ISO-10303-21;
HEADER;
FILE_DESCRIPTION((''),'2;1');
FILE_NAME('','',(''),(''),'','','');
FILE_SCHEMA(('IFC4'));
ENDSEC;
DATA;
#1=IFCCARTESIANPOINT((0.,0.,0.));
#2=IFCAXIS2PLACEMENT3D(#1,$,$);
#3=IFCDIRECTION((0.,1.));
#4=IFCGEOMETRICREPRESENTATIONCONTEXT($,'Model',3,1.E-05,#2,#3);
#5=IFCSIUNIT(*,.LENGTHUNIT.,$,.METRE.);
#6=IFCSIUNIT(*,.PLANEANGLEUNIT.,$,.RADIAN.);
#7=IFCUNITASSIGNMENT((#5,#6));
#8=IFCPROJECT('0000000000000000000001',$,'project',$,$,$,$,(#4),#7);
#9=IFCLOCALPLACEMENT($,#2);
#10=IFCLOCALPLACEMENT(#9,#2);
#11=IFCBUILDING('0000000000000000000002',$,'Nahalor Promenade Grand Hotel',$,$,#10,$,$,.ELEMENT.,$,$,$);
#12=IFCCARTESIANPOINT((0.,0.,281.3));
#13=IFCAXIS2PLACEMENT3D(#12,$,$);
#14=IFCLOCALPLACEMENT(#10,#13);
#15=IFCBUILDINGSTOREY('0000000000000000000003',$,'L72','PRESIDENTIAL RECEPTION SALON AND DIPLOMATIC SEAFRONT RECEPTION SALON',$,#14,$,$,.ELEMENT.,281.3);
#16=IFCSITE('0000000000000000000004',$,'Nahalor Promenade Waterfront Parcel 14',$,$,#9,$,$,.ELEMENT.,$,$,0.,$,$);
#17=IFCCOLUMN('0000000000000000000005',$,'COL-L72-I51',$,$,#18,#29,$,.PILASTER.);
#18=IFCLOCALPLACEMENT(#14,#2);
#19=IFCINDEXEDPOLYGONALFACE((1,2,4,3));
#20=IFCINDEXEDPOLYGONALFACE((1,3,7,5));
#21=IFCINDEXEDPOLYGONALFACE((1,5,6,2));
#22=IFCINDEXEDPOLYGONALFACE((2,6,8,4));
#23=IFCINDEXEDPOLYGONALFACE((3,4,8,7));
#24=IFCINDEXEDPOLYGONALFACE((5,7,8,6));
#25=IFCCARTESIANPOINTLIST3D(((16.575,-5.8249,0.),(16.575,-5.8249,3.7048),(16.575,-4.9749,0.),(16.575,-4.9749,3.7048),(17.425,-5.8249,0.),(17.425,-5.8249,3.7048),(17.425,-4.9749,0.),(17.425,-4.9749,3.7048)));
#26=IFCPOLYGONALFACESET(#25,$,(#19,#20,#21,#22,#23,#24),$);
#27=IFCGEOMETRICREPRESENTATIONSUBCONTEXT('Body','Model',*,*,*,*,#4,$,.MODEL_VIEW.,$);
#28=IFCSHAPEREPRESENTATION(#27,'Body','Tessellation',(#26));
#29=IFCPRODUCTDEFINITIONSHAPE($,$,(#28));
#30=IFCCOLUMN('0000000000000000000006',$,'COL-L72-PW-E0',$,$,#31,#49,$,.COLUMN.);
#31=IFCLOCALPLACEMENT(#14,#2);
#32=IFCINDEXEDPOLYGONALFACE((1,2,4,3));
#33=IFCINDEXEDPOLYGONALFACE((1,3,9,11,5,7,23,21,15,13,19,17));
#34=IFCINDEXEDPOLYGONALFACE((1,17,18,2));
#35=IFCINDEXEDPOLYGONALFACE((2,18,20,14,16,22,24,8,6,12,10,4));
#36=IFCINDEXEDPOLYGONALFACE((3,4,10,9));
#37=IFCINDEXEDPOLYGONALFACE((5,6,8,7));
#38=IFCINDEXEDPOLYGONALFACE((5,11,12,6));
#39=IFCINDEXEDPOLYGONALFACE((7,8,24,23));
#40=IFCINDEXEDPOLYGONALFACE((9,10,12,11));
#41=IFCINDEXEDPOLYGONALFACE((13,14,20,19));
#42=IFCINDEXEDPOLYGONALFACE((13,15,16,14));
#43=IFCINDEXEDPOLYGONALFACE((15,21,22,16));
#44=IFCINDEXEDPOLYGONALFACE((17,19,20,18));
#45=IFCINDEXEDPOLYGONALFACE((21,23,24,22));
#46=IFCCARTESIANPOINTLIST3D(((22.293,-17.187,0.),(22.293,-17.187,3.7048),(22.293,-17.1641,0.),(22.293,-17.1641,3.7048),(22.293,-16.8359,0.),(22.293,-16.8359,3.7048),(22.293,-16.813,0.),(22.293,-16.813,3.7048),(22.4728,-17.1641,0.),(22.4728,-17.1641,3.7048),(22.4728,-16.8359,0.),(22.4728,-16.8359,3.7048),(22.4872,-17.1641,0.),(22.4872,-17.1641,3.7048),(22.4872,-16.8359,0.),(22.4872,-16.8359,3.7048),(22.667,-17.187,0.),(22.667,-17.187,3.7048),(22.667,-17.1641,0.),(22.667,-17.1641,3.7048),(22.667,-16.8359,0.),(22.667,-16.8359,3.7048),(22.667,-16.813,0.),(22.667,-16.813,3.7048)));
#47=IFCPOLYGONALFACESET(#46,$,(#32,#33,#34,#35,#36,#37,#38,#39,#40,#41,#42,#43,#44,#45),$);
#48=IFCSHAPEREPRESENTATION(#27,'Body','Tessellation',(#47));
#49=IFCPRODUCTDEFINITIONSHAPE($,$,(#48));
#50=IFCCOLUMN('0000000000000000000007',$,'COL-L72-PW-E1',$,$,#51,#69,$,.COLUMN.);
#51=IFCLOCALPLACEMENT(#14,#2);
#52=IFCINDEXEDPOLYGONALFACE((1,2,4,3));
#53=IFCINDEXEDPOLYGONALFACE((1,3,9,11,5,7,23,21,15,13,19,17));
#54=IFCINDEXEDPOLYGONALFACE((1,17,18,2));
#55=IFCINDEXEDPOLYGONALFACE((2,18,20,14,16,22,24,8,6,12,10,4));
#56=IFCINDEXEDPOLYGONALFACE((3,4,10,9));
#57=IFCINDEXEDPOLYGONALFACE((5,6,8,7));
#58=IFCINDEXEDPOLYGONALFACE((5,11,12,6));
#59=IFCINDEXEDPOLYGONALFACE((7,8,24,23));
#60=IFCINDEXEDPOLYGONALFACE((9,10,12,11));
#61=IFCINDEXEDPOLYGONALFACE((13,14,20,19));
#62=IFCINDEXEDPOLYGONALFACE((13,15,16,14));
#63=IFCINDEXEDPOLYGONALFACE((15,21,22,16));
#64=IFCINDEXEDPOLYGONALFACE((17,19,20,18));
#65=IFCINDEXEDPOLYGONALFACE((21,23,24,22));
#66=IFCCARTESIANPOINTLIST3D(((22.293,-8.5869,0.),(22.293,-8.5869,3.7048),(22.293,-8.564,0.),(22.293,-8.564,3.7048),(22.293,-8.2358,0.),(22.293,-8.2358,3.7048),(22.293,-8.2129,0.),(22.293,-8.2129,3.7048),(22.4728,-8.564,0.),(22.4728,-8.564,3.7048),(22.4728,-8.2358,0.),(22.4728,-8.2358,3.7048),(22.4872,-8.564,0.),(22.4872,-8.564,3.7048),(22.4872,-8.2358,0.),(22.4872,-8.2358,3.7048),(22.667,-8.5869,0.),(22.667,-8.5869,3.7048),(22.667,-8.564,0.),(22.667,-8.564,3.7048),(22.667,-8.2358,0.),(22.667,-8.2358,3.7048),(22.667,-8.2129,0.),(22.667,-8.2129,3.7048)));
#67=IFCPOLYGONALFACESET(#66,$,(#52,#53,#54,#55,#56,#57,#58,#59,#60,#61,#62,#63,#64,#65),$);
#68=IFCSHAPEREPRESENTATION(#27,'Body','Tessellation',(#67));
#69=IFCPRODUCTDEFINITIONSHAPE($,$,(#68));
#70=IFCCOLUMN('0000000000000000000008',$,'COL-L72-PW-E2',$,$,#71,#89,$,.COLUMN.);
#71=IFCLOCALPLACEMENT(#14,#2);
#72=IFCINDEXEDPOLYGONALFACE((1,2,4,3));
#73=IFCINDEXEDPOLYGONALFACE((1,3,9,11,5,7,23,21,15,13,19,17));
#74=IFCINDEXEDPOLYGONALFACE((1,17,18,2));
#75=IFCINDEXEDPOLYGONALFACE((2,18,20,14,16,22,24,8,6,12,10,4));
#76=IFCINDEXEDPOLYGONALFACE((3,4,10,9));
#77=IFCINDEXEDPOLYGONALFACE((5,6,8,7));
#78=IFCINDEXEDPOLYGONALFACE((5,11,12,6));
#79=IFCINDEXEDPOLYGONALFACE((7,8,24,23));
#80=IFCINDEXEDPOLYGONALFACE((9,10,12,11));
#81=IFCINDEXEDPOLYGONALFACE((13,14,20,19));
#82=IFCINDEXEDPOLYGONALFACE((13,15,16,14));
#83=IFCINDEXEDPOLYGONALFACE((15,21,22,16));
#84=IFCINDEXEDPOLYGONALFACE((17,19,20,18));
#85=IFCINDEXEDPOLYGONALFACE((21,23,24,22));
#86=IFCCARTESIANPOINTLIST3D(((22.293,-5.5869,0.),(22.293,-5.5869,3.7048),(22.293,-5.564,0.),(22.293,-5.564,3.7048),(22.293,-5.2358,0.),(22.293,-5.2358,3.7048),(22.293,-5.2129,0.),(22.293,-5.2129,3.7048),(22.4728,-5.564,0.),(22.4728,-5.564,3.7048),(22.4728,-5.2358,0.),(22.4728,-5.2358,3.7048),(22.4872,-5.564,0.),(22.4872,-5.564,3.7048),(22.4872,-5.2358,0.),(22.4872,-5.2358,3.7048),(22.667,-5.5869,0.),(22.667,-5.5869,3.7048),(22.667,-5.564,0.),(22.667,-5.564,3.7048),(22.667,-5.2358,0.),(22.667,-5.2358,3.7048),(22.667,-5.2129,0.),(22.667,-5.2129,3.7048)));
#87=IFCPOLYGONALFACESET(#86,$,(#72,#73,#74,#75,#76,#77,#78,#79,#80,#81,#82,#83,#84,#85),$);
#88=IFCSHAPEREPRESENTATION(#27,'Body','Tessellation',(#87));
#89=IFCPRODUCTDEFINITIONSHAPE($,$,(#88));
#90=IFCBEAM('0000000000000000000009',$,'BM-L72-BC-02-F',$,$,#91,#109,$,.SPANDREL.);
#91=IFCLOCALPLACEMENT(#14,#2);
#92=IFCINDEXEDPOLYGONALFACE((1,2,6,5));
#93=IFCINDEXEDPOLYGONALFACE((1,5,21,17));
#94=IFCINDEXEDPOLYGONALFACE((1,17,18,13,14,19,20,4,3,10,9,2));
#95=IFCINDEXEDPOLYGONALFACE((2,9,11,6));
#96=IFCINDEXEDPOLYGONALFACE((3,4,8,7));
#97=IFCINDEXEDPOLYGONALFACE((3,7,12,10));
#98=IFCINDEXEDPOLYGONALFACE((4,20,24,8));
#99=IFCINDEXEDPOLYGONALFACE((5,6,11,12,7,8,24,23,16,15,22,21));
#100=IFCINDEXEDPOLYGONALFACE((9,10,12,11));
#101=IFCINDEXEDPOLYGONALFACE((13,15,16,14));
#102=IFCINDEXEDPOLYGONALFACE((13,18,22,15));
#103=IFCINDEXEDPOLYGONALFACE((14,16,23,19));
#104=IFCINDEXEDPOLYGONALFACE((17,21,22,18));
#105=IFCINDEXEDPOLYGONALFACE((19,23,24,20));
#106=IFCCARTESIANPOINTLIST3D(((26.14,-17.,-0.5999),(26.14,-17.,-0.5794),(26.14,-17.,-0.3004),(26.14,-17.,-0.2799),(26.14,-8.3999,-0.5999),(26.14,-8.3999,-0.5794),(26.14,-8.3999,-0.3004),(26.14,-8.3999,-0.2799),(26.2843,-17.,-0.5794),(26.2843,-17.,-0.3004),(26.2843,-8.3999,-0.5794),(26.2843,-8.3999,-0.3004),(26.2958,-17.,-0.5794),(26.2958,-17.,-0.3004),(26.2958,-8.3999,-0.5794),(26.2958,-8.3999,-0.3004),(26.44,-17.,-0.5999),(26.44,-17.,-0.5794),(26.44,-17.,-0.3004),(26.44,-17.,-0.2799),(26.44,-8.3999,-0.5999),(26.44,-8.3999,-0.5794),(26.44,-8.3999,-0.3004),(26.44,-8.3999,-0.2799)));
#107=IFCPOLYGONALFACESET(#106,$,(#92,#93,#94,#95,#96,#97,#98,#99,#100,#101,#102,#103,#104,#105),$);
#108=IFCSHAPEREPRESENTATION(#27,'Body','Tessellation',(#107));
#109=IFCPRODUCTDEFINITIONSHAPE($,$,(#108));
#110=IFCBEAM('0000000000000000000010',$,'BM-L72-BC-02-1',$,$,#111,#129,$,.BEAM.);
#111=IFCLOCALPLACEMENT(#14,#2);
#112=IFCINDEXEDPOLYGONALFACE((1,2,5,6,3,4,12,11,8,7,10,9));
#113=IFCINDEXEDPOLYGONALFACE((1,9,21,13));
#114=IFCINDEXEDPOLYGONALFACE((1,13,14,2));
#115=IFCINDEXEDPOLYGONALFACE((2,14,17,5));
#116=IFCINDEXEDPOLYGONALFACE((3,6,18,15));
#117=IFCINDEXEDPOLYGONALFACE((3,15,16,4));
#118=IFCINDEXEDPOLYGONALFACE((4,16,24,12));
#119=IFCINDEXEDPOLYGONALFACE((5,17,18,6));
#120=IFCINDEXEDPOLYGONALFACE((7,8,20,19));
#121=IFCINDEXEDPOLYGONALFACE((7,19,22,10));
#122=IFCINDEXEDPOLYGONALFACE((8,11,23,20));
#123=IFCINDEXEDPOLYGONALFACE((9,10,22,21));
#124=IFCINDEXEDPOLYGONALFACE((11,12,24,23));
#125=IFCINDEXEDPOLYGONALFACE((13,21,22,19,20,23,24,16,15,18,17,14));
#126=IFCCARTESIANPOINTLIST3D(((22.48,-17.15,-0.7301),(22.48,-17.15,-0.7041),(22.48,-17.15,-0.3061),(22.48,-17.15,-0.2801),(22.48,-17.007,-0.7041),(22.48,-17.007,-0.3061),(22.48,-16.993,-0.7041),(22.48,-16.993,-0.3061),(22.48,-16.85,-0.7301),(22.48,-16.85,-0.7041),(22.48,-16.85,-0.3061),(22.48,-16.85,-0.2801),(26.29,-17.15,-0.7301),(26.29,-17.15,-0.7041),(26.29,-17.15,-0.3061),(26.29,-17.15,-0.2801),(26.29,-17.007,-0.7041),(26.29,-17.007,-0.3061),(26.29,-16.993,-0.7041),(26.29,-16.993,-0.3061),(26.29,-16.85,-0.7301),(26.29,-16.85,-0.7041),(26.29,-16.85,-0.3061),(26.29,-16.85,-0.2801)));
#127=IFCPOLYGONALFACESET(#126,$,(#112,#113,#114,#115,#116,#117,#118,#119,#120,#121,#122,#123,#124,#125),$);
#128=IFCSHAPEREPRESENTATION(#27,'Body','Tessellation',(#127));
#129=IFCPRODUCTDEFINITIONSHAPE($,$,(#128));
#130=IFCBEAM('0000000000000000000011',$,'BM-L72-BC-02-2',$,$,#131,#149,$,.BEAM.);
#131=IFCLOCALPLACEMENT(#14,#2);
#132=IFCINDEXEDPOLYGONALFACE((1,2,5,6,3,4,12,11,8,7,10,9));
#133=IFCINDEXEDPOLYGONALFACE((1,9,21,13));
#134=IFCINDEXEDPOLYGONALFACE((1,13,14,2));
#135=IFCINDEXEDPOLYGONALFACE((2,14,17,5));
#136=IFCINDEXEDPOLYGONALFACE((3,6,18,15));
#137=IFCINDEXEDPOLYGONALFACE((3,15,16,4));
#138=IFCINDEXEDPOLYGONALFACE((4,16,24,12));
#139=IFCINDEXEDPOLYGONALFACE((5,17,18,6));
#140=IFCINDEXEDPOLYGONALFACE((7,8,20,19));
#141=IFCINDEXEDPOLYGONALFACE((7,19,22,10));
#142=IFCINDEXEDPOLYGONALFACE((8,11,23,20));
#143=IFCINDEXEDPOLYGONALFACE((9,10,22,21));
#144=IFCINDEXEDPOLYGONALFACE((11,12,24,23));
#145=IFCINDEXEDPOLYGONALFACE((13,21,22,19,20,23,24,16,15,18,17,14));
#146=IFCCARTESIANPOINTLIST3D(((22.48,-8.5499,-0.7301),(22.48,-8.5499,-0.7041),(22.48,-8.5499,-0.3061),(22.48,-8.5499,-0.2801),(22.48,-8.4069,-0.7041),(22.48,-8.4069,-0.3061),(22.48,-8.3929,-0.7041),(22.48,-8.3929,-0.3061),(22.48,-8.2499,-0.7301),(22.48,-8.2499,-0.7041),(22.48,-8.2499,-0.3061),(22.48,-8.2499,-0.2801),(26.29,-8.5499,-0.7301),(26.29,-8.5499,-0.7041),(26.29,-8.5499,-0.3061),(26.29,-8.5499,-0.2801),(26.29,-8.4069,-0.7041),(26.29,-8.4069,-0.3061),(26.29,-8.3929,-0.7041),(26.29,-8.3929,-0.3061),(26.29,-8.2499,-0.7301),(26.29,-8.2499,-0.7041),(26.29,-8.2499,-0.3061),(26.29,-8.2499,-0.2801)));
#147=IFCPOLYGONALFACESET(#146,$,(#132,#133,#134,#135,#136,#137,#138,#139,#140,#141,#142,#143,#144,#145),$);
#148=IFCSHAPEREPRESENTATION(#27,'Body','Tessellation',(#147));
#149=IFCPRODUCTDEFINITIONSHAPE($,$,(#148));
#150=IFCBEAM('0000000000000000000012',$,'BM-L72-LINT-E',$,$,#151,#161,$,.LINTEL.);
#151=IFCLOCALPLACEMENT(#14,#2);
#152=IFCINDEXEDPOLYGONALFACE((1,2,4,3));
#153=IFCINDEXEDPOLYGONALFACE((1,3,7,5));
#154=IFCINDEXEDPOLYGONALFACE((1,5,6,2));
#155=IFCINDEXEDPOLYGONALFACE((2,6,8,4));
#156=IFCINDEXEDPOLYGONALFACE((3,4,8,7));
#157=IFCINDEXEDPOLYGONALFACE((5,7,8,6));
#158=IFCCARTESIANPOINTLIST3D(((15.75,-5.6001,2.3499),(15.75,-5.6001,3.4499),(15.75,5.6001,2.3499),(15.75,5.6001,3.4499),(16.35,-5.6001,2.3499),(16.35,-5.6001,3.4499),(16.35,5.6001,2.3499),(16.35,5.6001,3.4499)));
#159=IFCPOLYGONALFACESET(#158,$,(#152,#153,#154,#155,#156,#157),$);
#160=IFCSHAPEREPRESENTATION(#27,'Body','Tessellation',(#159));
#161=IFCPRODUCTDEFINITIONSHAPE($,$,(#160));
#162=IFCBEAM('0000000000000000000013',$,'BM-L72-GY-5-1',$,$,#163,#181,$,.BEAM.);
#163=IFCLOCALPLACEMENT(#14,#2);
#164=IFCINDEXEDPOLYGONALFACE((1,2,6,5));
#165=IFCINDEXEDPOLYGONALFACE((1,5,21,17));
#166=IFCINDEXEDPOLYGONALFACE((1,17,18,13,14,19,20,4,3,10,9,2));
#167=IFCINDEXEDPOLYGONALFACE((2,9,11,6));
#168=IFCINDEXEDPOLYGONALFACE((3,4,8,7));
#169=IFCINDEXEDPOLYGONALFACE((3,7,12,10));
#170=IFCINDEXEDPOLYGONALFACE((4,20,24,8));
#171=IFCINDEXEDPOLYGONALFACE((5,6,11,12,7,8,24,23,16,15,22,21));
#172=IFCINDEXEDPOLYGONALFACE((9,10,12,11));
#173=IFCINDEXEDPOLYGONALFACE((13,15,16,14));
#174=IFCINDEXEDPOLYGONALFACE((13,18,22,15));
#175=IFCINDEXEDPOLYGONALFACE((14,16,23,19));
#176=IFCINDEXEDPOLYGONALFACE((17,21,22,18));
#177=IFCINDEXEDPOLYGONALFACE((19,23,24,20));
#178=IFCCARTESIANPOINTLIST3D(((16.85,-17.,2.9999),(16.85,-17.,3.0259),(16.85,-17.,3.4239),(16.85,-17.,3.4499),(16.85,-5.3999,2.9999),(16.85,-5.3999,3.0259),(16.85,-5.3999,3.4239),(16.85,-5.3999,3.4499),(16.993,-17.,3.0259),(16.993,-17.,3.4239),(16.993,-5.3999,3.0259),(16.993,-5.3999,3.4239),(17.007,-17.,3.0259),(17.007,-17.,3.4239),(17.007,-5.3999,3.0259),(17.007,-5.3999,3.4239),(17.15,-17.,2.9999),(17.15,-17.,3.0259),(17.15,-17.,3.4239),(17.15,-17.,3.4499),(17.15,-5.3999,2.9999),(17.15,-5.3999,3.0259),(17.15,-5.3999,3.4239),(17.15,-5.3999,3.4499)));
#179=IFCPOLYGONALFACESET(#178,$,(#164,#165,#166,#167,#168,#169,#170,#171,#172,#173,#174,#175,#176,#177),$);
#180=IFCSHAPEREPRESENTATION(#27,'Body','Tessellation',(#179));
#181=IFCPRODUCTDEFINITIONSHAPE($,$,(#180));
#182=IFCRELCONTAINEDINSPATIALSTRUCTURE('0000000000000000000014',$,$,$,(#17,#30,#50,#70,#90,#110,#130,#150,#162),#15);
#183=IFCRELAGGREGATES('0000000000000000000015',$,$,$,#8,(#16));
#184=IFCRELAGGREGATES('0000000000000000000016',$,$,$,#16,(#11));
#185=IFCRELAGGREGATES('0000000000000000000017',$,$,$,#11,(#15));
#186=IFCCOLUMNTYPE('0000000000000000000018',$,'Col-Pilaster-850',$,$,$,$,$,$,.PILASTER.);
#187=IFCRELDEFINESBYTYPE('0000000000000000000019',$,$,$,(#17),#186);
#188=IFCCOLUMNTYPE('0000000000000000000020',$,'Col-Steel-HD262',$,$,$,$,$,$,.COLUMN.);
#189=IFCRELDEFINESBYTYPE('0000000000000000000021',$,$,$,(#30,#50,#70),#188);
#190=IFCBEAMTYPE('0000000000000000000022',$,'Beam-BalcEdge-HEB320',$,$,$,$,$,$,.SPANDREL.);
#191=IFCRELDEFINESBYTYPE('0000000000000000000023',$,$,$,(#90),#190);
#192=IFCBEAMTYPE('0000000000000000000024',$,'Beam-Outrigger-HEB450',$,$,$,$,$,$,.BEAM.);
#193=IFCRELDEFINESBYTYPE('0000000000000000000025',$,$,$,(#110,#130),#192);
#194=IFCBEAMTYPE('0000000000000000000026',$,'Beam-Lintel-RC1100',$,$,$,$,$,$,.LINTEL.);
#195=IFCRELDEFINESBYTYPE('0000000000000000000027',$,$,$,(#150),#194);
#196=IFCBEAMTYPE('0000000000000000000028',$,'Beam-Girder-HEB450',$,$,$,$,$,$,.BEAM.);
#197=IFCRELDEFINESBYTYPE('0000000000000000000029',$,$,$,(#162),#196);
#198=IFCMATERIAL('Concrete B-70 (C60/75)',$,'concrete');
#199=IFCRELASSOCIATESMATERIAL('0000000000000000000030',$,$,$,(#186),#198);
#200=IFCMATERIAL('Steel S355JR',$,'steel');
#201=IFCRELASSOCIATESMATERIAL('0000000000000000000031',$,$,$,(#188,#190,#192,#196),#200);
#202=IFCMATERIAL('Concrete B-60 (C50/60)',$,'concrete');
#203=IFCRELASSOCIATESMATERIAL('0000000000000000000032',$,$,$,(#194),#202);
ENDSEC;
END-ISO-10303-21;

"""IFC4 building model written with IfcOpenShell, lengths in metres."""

from ifc_helpers import new_model, si_unit, direction, frame, origin, origin_2d, place, context, subcontext, project, spatial, rectangle, i_section, extrude, source, transform, mapped, material, material_profile, profile_set, type_object, element, save


model = new_model("IFC4")

# Units and contexts
model_context = context("Model", 3, precision=1e-05, world=origin(), true_north=direction((0.0, 1.0)))
body_context = subcontext(model_context, "Body", "Model", "MODEL_VIEW")
ifc_project = project(units=[si_unit("LENGTHUNIT", "METRE"), si_unit("PLANEANGLEUNIT", "RADIAN")], contexts=[model_context])

# Site, building, storey
site_placement = place(None, origin())
site = spatial("IfcSite", under=ifc_project, at=site_placement, Name="Nahalor Promenade Waterfront Parcel 14", CompositionType="ELEMENT", RefElevation=0.0)
building_placement = place(site_placement, origin())
building = spatial("IfcBuilding", under=site, at=building_placement, Name="Nahalor Promenade Grand Hotel", CompositionType="ELEMENT")
storey_placement = place(building_placement, frame((0.0, 0.0, 281.3)))
storey = spatial("IfcBuildingStorey", under=building, at=storey_placement, Name="L72", Description="PRESIDENTIAL RECEPTION SALON AND DIPLOMATIC SEAFRONT RECEPTION SALON", CompositionType="ELEMENT", Elevation=281.3)

# Columns
ifc_material_1 = material(Name="Concrete B-70 (C60/75)", Category="concrete")
ifc_material_profile_1 = material_profile(ifc_material_1, rectangle(XDim=0.85, YDim=0.85, at=origin_2d()), Name="RC 850x850")
ifc_profile_set_1 = profile_set([ifc_material_profile_1], Name="Concrete B-70 (C60/75)")
column_type_1 = type_object("IfcColumnType", Name="Col-Pilaster-850", PredefinedType="PILASTER", material=ifc_profile_set_1)
shared_shape_1 = source(origin(), body_context, "Body", "SweptSolid", [
    extrude(rectangle(XDim=0.85, YDim=0.85, at=origin_2d()), origin(), (0.0, 0.0, 1.0), 3.7048),
])
column_placement = place(storey_placement, frame((17.0, -5.3999, 0.0), z_axis=(0.0, 0.0, 1.0), x_axis=(1.0, 0.0, 0.0)))
element("IfcColumn", 1, at=column_placement, inside=storey, type_object=column_type_1, Name="COL-L72-I51", PredefinedType="PILASTER", context=body_context, shape_type="MappedRepresentation", body=[
    mapped(shared_shape_1, transform((0.0, 0.0, 0.0), scale=1.0)),
])
ifc_material_2 = material(Name="Steel S355JR", Category="steel")
ifc_material_profile_2 = material_profile(ifc_material_2, i_section(OverallWidth=0.374, OverallDepth=0.374, WebThickness=0.0144, FlangeThickness=0.0229, at=origin_2d()), Name="HD 360x262")
ifc_profile_set_2 = profile_set([ifc_material_profile_2], Name="Steel S355JR")
column_type_2 = type_object("IfcColumnType", Name="Col-Steel-HD262", PredefinedType="COLUMN", material=ifc_profile_set_2)
shared_shape_2 = source(origin(), body_context, "Body", "SweptSolid", [
    extrude(i_section(OverallWidth=0.374, OverallDepth=0.374, WebThickness=0.0144, FlangeThickness=0.0229, at=origin_2d()), origin(), (0.0, 0.0, 1.0), 3.7048),
])
for number, where, z_axis, x_axis, name in (
    (2, (22.48, -17.0, 0.0), (0.0, 0.0, 1.0), (1.0, 0.0, 0.0), "COL-L72-PW-E0"),
    (3, (22.48, -8.3999, 0.0), (0.0, 0.0, 1.0), (1.0, 0.0, 0.0), "COL-L72-PW-E1"),
    (4, (22.48, -5.3999, 0.0), (0.0, 0.0, 1.0), (1.0, 0.0, 0.0), "COL-L72-PW-E2"),
):
    element("IfcColumn", number, at=place(storey_placement, frame(where, z_axis=z_axis, x_axis=x_axis)), inside=storey, type_object=column_type_2, Name=name, PredefinedType="COLUMN", context=body_context, shape_type="MappedRepresentation", body=[
        mapped(shared_shape_2, transform((0.0, 0.0, 0.0), scale=1.0)),
    ])

# Beams
ifc_material_profile_3 = material_profile(ifc_material_2, i_section(OverallWidth=0.3, OverallDepth=0.32, WebThickness=0.0115, FlangeThickness=0.0205, at=origin_2d()), Name="HEB 320")
ifc_profile_set_3 = profile_set([ifc_material_profile_3], Name="Steel S355JR")
beam_type_1 = type_object("IfcBeamType", Name="Beam-BalcEdge-HEB320", PredefinedType="SPANDREL", material=ifc_profile_set_3)
shared_shape_3 = source(origin(), body_context, "Body", "SweptSolid", [
    extrude(i_section(OverallWidth=0.3, OverallDepth=0.32, WebThickness=0.0115, FlangeThickness=0.0205, at=origin_2d()), origin(), (0.0, 0.0, 1.0), 8.6001),
])
beam_1_placement = place(storey_placement, frame((26.29, -17.0, -0.4399), z_axis=(0.0, 1.0, 0.0), x_axis=(-1.0, 0.0, 0.0)))
element("IfcBeam", 5, at=beam_1_placement, inside=storey, type_object=beam_type_1, Name="BM-L72-BC-02-F", PredefinedType="SPANDREL", context=body_context, shape_type="MappedRepresentation", body=[
    mapped(shared_shape_3, transform((0.0, 0.0, 0.0), scale=1.0)),
])
ifc_material_profile_4 = material_profile(ifc_material_2, i_section(OverallWidth=0.3, OverallDepth=0.45, WebThickness=0.014, FlangeThickness=0.026, at=origin_2d()), Name="HEB 450")
ifc_profile_set_4 = profile_set([ifc_material_profile_4], Name="Steel S355JR")
beam_type_2 = type_object("IfcBeamType", Name="Beam-Outrigger-HEB450", PredefinedType="BEAM", material=ifc_profile_set_4)
shared_shape_4 = source(origin(), body_context, "Body", "SweptSolid", [
    extrude(i_section(OverallWidth=0.3, OverallDepth=0.45, WebThickness=0.014, FlangeThickness=0.026, at=origin_2d()), origin(), (0.0, 0.0, 1.0), 3.8101),
])
for number, where, z_axis, x_axis, name in (
    (6, (22.48, -17.0, -0.5051), (1.0, 0.0, 0.0), (0.0, 1.0, 0.0), "BM-L72-BC-02-1"),
    (7, (22.48, -8.3999, -0.5051), (1.0, 0.0, 0.0), (0.0, 1.0, 0.0), "BM-L72-BC-02-2"),
):
    element("IfcBeam", number, at=place(storey_placement, frame(where, z_axis=z_axis, x_axis=x_axis)), inside=storey, type_object=beam_type_2, Name=name, PredefinedType="BEAM", context=body_context, shape_type="MappedRepresentation", body=[
        mapped(shared_shape_4, transform((0.0, 0.0, 0.0), scale=1.0)),
    ])
ifc_material_3 = material(Name="Concrete B-60 (C50/60)", Category="concrete")
ifc_material_profile_5 = material_profile(ifc_material_3, rectangle(XDim=0.6, YDim=1.1, at=origin_2d()), Name="RC 600x1100")
ifc_profile_set_5 = profile_set([ifc_material_profile_5], Name="Concrete B-60 (C50/60)")
beam_type_3 = type_object("IfcBeamType", Name="Beam-Lintel-RC1100", PredefinedType="LINTEL", material=ifc_profile_set_5)
shared_shape_5 = source(origin(), body_context, "Body", "SweptSolid", [
    extrude(rectangle(XDim=0.6, YDim=1.1, at=origin_2d()), origin(), (0.0, 0.0, 1.0), 11.2002),
])
beam_2_placement = place(storey_placement, frame((16.05, -5.6001, 2.8999), z_axis=(0.0, 1.0, 0.0), x_axis=(-1.0, 0.0, 0.0)))
element("IfcBeam", 8, at=beam_2_placement, inside=storey, type_object=beam_type_3, Name="BM-L72-LINT-E", PredefinedType="LINTEL", context=body_context, shape_type="MappedRepresentation", body=[
    mapped(shared_shape_5, transform((0.0, 0.0, 0.0), scale=1.0)),
])
ifc_material_profile_6 = material_profile(ifc_material_2, i_section(OverallWidth=0.3, OverallDepth=0.45, WebThickness=0.014, FlangeThickness=0.026, at=origin_2d()), Name="HEB 450")
ifc_profile_set_6 = profile_set([ifc_material_profile_6], Name="Steel S355JR")
beam_type_4 = type_object("IfcBeamType", Name="Beam-Girder-HEB450", PredefinedType="BEAM", material=ifc_profile_set_6)
shared_shape_6 = source(origin(), body_context, "Body", "SweptSolid", [
    extrude(i_section(OverallWidth=0.3, OverallDepth=0.45, WebThickness=0.014, FlangeThickness=0.026, at=origin_2d()), origin(), (0.0, 0.0, 1.0), 11.6001),
])
beam_3_placement = place(storey_placement, frame((17.0, -17.0, 3.2249), z_axis=(0.0, 1.0, 0.0), x_axis=(-1.0, 0.0, 0.0)))
element("IfcBeam", 9, at=beam_3_placement, inside=storey, type_object=beam_type_4, Name="BM-L72-GY-5-1", PredefinedType="BEAM", context=body_context, shape_type="MappedRepresentation", body=[
    mapped(shared_shape_6, transform((0.0, 0.0, 0.0), scale=1.0)),
])

save(model, "model.ifc")
